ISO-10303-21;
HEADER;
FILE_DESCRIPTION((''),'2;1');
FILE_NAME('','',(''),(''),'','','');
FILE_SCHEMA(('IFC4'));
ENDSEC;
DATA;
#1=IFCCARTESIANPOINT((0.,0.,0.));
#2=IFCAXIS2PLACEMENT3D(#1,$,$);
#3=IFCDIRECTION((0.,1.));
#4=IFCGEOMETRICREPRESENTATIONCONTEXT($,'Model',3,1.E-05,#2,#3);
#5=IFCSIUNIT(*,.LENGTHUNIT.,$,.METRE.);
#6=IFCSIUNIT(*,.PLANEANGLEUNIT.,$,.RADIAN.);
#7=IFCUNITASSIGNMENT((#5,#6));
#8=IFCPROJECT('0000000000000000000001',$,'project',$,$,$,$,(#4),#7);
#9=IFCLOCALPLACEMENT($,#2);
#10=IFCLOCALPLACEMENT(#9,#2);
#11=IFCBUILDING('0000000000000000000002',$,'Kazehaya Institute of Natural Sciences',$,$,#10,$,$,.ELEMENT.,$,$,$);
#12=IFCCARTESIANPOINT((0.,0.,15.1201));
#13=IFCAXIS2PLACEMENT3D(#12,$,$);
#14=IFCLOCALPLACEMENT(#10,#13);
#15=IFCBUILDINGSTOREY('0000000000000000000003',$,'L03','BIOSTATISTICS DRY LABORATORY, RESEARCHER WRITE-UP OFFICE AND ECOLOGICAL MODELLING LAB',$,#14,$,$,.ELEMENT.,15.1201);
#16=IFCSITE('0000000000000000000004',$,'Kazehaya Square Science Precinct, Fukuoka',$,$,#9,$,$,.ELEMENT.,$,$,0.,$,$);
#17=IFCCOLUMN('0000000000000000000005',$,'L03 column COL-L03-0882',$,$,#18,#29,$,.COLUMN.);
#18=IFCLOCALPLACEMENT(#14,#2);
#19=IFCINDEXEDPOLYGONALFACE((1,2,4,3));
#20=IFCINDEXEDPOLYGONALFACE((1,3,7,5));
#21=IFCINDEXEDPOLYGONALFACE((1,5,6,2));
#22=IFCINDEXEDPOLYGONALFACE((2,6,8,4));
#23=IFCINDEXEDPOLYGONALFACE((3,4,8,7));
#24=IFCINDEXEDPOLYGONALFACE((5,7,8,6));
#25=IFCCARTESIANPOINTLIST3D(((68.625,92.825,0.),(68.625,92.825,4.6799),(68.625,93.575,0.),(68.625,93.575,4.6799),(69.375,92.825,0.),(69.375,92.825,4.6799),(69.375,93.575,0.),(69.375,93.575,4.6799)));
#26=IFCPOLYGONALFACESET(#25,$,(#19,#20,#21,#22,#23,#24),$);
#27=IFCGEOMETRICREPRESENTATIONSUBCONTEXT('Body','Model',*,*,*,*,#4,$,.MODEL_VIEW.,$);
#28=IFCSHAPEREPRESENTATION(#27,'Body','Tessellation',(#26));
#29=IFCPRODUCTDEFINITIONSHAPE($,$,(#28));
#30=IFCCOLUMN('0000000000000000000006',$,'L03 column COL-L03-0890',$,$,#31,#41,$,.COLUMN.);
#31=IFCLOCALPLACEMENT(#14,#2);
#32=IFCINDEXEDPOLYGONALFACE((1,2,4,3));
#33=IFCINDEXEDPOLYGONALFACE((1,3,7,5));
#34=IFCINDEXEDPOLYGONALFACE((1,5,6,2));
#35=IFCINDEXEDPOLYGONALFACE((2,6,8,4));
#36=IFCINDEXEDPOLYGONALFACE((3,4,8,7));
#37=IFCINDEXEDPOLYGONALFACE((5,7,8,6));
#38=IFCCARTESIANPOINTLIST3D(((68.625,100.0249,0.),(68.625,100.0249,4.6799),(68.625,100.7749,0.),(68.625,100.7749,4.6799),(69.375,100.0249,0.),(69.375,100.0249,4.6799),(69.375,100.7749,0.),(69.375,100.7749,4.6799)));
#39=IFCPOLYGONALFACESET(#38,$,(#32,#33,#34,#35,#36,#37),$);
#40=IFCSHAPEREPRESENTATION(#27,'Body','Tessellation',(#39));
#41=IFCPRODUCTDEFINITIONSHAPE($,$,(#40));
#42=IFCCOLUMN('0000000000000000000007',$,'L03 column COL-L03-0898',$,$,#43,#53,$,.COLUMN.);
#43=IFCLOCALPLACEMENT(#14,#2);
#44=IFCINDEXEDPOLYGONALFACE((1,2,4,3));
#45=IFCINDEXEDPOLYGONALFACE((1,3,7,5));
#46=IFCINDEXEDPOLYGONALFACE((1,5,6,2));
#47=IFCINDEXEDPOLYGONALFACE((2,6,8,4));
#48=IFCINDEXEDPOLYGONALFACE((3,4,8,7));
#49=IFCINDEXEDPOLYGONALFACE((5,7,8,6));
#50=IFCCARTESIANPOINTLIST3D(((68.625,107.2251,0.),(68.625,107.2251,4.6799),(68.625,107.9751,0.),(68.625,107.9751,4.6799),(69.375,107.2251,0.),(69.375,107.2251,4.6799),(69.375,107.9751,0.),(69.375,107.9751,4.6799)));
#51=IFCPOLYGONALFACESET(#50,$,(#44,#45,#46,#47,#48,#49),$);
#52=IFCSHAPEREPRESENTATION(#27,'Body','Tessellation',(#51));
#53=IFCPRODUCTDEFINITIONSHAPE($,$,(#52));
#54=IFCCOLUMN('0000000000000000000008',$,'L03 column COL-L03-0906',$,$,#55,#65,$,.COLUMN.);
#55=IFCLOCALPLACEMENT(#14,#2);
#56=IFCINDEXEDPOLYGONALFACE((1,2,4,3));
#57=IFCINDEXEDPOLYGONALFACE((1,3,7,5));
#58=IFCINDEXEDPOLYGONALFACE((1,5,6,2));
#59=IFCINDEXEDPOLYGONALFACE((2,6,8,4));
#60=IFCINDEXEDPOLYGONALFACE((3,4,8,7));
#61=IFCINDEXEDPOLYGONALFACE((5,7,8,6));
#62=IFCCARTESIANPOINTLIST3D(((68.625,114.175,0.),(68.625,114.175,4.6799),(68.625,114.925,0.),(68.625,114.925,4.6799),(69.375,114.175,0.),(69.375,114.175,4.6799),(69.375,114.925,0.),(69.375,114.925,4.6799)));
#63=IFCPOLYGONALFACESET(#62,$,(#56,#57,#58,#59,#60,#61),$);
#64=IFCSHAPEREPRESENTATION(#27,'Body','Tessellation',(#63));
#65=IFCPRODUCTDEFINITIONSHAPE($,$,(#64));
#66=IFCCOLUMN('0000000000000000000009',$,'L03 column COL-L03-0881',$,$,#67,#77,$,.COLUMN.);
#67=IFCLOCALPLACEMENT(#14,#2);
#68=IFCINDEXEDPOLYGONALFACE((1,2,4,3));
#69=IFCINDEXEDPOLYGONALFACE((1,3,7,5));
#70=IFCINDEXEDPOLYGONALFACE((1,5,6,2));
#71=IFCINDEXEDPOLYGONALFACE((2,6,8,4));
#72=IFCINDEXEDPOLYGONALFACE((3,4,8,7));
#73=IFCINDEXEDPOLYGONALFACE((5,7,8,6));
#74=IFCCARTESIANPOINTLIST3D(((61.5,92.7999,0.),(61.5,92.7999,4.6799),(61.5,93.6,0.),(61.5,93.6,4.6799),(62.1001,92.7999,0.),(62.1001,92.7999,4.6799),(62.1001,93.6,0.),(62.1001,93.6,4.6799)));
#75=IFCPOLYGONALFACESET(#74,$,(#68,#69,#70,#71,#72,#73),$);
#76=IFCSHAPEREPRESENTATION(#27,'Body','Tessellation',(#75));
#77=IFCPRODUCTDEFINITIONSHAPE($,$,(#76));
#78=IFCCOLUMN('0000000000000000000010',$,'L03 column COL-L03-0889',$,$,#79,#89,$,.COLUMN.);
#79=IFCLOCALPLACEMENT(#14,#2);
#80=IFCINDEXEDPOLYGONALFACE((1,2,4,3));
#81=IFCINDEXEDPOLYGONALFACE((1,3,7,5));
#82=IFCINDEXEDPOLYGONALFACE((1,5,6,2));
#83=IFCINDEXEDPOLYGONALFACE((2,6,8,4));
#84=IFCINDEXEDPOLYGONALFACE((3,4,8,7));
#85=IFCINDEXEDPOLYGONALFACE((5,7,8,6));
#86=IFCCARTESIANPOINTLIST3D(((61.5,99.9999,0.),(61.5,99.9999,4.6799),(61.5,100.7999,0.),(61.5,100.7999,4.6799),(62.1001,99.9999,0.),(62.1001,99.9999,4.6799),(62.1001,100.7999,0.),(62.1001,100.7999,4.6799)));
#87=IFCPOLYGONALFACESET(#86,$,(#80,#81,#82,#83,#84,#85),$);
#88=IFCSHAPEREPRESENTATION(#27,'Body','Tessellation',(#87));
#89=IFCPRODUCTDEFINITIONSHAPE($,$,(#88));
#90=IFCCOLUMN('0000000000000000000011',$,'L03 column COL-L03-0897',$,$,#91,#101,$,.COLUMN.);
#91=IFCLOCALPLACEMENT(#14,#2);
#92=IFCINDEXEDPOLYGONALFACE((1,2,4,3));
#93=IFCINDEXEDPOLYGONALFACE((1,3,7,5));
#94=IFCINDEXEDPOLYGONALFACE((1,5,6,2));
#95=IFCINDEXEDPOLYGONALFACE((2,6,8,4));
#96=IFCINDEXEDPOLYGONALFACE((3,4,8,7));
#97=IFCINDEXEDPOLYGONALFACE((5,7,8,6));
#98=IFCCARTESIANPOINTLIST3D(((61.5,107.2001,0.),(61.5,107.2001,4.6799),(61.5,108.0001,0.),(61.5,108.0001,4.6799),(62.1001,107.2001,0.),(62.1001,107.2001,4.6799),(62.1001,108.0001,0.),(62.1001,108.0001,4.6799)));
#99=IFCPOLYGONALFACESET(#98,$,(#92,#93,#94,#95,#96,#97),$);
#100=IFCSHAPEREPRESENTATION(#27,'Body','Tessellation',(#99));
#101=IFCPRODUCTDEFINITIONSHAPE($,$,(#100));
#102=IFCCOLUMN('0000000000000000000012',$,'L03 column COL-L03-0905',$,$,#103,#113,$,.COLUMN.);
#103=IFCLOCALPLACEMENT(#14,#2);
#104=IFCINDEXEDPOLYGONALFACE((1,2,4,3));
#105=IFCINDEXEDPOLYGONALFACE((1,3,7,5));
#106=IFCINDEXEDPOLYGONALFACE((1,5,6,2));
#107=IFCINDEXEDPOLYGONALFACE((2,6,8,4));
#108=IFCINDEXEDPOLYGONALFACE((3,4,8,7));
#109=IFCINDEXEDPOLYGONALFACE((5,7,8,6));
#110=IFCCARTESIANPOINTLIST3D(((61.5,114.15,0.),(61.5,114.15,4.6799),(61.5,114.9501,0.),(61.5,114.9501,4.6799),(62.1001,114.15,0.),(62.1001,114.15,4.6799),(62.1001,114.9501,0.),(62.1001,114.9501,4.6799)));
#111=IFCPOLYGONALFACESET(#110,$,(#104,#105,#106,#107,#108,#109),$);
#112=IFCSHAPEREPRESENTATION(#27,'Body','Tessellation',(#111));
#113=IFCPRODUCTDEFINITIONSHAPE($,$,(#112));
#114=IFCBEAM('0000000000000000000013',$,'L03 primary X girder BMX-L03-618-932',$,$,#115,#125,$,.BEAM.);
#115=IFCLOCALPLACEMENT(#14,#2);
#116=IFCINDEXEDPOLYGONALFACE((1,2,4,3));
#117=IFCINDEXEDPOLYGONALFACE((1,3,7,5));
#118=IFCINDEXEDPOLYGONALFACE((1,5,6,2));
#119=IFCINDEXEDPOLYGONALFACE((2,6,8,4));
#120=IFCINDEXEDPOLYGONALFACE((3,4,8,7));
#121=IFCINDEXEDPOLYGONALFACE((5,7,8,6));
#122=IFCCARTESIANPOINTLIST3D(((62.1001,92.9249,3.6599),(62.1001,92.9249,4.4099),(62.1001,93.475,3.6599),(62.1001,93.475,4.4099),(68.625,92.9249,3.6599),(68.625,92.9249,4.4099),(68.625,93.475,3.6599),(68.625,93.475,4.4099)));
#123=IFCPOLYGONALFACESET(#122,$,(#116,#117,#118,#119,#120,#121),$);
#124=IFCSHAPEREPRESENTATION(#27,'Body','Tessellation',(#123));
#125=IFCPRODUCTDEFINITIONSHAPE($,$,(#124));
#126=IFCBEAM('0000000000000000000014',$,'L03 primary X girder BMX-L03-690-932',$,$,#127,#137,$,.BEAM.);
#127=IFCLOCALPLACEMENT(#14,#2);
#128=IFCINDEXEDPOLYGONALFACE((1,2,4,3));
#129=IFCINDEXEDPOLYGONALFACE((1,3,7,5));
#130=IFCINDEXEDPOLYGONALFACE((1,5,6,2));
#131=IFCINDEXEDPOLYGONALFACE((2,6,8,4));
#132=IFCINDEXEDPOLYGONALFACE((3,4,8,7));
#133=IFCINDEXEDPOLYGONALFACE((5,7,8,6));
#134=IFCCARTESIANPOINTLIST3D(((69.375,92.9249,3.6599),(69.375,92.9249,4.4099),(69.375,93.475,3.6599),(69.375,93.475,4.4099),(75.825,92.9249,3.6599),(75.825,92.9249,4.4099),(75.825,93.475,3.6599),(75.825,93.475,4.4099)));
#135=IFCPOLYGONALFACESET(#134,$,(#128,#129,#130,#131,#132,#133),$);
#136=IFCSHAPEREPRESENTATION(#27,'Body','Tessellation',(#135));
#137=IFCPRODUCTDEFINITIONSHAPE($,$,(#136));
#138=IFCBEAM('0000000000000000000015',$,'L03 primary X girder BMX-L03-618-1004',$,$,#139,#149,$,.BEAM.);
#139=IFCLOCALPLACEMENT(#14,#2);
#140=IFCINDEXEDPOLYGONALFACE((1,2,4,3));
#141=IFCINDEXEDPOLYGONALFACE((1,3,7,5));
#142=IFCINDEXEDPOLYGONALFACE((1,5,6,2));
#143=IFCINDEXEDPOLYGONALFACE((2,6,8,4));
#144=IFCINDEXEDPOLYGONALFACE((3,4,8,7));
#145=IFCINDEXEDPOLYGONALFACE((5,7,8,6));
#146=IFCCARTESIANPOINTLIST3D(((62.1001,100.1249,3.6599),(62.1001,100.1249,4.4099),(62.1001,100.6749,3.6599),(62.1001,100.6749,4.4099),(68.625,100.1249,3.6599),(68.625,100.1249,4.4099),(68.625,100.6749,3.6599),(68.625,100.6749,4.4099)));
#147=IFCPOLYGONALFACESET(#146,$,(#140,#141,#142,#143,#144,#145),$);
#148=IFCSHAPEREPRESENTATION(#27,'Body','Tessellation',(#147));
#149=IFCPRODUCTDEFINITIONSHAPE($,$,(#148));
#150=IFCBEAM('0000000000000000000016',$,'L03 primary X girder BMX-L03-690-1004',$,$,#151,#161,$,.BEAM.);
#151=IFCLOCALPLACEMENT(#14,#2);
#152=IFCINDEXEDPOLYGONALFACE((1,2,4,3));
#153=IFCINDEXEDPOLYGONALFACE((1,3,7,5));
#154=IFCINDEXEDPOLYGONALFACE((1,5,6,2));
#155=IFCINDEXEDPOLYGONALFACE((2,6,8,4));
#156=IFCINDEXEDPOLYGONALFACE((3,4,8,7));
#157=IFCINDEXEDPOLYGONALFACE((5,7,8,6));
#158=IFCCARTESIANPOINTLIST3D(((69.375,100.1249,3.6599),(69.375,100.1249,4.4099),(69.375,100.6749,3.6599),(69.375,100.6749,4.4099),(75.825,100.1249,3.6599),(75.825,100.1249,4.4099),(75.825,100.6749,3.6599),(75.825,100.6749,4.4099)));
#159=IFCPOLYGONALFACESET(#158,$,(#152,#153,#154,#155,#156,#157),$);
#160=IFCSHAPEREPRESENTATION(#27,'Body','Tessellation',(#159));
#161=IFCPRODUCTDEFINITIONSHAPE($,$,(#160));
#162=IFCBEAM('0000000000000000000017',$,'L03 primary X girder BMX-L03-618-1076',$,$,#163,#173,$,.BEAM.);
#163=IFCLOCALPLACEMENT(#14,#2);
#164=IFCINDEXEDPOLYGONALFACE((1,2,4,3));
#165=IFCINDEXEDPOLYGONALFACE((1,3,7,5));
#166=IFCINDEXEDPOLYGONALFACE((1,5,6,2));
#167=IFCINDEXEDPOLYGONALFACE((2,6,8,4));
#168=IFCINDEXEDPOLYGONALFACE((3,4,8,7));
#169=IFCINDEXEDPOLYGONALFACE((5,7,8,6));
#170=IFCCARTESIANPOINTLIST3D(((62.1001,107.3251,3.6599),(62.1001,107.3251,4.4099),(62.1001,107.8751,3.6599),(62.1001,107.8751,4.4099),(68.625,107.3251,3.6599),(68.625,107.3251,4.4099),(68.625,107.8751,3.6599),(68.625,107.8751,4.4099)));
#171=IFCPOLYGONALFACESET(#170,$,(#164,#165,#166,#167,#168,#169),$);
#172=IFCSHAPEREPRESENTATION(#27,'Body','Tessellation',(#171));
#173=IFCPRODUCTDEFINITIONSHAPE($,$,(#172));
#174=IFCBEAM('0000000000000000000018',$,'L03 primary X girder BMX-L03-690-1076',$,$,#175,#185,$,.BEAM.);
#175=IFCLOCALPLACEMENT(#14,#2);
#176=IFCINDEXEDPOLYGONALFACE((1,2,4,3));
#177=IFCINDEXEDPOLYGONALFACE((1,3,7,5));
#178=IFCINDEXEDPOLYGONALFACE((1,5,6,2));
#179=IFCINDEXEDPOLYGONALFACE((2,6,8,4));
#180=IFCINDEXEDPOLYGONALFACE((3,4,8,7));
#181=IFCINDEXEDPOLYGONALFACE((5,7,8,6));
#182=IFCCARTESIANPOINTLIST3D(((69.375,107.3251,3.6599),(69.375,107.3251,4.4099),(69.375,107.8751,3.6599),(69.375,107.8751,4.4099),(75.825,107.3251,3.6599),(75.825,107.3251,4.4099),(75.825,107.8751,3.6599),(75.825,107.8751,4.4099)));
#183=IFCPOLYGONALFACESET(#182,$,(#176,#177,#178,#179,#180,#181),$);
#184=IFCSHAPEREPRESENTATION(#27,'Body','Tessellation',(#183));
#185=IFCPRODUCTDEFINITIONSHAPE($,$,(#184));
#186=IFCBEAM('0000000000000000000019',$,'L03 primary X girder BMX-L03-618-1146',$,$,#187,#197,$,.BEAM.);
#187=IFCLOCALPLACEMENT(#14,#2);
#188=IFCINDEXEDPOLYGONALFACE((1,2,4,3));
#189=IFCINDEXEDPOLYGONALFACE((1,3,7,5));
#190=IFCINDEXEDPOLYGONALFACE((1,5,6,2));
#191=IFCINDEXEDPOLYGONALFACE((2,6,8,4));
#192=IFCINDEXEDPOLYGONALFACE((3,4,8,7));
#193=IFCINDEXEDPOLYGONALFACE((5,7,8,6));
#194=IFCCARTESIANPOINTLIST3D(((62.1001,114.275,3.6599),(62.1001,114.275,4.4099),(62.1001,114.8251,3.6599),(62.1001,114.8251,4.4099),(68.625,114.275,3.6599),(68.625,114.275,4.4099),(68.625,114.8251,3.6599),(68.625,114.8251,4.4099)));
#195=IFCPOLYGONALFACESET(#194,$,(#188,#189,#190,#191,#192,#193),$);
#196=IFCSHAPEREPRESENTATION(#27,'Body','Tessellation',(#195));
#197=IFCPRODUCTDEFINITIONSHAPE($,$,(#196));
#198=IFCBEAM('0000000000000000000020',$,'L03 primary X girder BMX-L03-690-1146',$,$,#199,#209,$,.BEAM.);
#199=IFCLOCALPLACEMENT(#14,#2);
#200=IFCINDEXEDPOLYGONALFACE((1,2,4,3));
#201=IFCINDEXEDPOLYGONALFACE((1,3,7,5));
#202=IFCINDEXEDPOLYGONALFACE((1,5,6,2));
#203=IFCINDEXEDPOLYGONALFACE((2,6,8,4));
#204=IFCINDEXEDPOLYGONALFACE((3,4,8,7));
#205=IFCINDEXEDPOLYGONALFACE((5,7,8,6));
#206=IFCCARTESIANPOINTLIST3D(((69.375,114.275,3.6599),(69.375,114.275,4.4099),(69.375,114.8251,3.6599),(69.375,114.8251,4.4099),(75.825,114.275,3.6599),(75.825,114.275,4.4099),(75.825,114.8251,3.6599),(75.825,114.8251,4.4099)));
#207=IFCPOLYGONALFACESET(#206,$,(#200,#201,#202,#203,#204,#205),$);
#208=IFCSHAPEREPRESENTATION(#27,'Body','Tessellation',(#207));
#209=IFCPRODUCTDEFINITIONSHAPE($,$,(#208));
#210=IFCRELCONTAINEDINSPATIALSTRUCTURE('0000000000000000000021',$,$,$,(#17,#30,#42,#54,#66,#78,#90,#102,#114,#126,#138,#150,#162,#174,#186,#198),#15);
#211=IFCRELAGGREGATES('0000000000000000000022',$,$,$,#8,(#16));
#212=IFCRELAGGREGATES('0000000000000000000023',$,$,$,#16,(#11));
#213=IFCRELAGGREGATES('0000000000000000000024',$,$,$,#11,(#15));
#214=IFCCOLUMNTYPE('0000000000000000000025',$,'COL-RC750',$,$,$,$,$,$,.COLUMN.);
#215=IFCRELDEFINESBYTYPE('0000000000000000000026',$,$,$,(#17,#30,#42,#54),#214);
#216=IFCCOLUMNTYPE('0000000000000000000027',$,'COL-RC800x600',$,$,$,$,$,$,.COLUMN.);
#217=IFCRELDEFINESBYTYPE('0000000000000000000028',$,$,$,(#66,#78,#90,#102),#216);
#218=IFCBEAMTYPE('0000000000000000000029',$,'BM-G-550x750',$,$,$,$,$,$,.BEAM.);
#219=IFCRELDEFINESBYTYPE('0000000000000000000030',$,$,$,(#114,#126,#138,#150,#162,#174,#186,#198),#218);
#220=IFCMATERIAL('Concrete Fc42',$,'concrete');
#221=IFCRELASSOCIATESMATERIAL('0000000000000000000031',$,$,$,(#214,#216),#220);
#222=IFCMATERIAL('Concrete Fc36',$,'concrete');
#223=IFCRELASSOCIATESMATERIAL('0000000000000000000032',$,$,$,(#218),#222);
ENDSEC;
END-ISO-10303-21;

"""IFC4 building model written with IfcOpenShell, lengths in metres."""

from ifc_helpers import new_model, si_unit, direction, frame, origin, origin_2d, place, context, subcontext, project, spatial, rectangle, extrude, material, material_profile, profile_set, type_object, element, save


model = new_model("IFC4")

# Units and contexts
model_context = context("Model", 3, precision=1e-05, world=origin(), true_north=direction((0.0, 1.0)))
body_context = subcontext(model_context, "Body", "Model", "MODEL_VIEW")
ifc_project = project(units=[si_unit("LENGTHUNIT", "METRE"), si_unit("PLANEANGLEUNIT", "RADIAN")], contexts=[model_context])

# Site, building, storey
site_placement = place(None, origin())
site = spatial("IfcSite", under=ifc_project, at=site_placement, Name="Kazehaya Square Science Precinct, Fukuoka", CompositionType="ELEMENT", RefElevation=0.0)
building_placement = place(site_placement, origin())
building = spatial("IfcBuilding", under=site, at=building_placement, Name="Kazehaya Institute of Natural Sciences", CompositionType="ELEMENT")
storey_placement = place(building_placement, frame((0.0, 0.0, 15.1201)))
storey = spatial("IfcBuildingStorey", under=building, at=storey_placement, Name="L03", Description="BIOSTATISTICS DRY LABORATORY, RESEARCHER WRITE-UP OFFICE AND ECOLOGICAL MODELLING LAB", CompositionType="ELEMENT", Elevation=15.1201)

# Columns
ifc_material_1 = material(Name="Concrete Fc42", Category="concrete")
ifc_material_profile_1 = material_profile(ifc_material_1, rectangle(XDim=0.75, YDim=0.75, at=origin_2d()), Name="RC-750x750")
ifc_profile_set_1 = profile_set([ifc_material_profile_1], Name="Concrete Fc42")
column_type_1 = type_object("IfcColumnType", Name="COL-RC750", PredefinedType="COLUMN", material=ifc_profile_set_1)
for number, where, z_axis, x_axis, name in (
    (1, (69.0, 93.2, 0.0), (0.0, 0.0, 1.0), (1.0, 0.0, 0.0), "L03 column COL-L03-0882"),
    (2, (69.0, 100.3999, 0.0), (0.0, 0.0, 1.0), (1.0, 0.0, 0.0), "L03 column COL-L03-0890"),
    (3, (69.0, 107.6001, 0.0), (0.0, 0.0, 1.0), (1.0, 0.0, 0.0), "L03 column COL-L03-0898"),
    (4, (69.0, 114.55, 0.0), (0.0, 0.0, 1.0), (1.0, 0.0, 0.0), "L03 column COL-L03-0906"),
):
    element("IfcColumn", number, at=place(storey_placement, frame(where, z_axis=z_axis, x_axis=x_axis)), inside=storey, type_object=column_type_1, Name=name, PredefinedType="COLUMN", context=body_context, shape_type="SweptSolid", body=[
        extrude(rectangle(XDim=0.75, YDim=0.75, at=origin_2d()), origin(), (0.0, 0.0, 1.0), 4.6799),
    ])
ifc_material_profile_2 = material_profile(ifc_material_1, rectangle(XDim=0.6001, YDim=0.8, at=origin_2d()), Name="RC-800x600")
ifc_profile_set_2 = profile_set([ifc_material_profile_2], Name="Concrete Fc42")
column_type_2 = type_object("IfcColumnType", Name="COL-RC800x600", PredefinedType="COLUMN", material=ifc_profile_set_2)
for number, where, z_axis, x_axis, name in (
    (5, (61.8, 93.2, 0.0), (0.0, 0.0, 1.0), (1.0, 0.0, 0.0), "L03 column COL-L03-0881"),
    (6, (61.8, 100.3999, 0.0), (0.0, 0.0, 1.0), (1.0, 0.0, 0.0), "L03 column COL-L03-0889"),
    (7, (61.8, 107.6001, 0.0), (0.0, 0.0, 1.0), (1.0, 0.0, 0.0), "L03 column COL-L03-0897"),
    (8, (61.8, 114.55, 0.0), (0.0, 0.0, 1.0), (1.0, 0.0, 0.0), "L03 column COL-L03-0905"),
):
    element("IfcColumn", number, at=place(storey_placement, frame(where, z_axis=z_axis, x_axis=x_axis)), inside=storey, type_object=column_type_2, Name=name, PredefinedType="COLUMN", context=body_context, shape_type="SweptSolid", body=[
        extrude(rectangle(XDim=0.6001, YDim=0.8, at=origin_2d()), origin(), (0.0, 0.0, 1.0), 4.6799),
    ])

# Beams
ifc_material_2 = material(Name="Concrete Fc36", Category="concrete")
ifc_material_profile_3 = material_profile(ifc_material_2, rectangle(XDim=0.55, YDim=0.75, at=origin_2d()), Name="RC-550x750")
ifc_profile_set_3 = profile_set([ifc_material_profile_3], Name="Concrete Fc36")
beam_type = type_object("IfcBeamType", Name="BM-G-550x750", PredefinedType="BEAM", material=ifc_profile_set_3)
beam_1_placement = place(storey_placement, frame((62.1001, 93.2, 4.0349), z_axis=(1.0, 0.0, 0.0), x_axis=(0.0, 1.0, 0.0)))
element("IfcBeam", 9, at=beam_1_placement, inside=storey, type_object=beam_type, Name="L03 primary X girder BMX-L03-618-932", PredefinedType="BEAM", context=body_context, shape_type="SweptSolid", body=[
    extrude(rectangle(XDim=0.55, YDim=0.75, at=origin_2d()), origin(), (0.0, 0.0, 1.0), 6.5249),
])
beam_2_placement = place(storey_placement, frame((69.375, 93.2, 4.0349), z_axis=(1.0, 0.0, 0.0), x_axis=(0.0, 1.0, 0.0)))
element("IfcBeam", 10, at=beam_2_placement, inside=storey, type_object=beam_type, Name="L03 primary X girder BMX-L03-690-932", PredefinedType="BEAM", context=body_context, shape_type="SweptSolid", body=[
    extrude(rectangle(XDim=0.55, YDim=0.75, at=origin_2d()), origin(), (0.0, 0.0, 1.0), 6.45),
])
beam_3_placement = place(storey_placement, frame((62.1001, 100.3999, 4.0349), z_axis=(1.0, 0.0, 0.0), x_axis=(0.0, 1.0, 0.0)))
element("IfcBeam", 11, at=beam_3_placement, inside=storey, type_object=beam_type, Name="L03 primary X girder BMX-L03-618-1004", PredefinedType="BEAM", context=body_context, shape_type="SweptSolid", body=[
    extrude(rectangle(XDim=0.55, YDim=0.75, at=origin_2d()), origin(), (0.0, 0.0, 1.0), 6.5249),
])
beam_4_placement = place(storey_placement, frame((69.375, 100.3999, 4.0349), z_axis=(1.0, 0.0, 0.0), x_axis=(0.0, 1.0, 0.0)))
element("IfcBeam", 12, at=beam_4_placement, inside=storey, type_object=beam_type, Name="L03 primary X girder BMX-L03-690-1004", PredefinedType="BEAM", context=body_context, shape_type="SweptSolid", body=[
    extrude(rectangle(XDim=0.55, YDim=0.75, at=origin_2d()), origin(), (0.0, 0.0, 1.0), 6.45),
])
beam_5_placement = place(storey_placement, frame((62.1001, 107.6001, 4.0349), z_axis=(1.0, 0.0, 0.0), x_axis=(0.0, 1.0, 0.0)))
element("IfcBeam", 13, at=beam_5_placement, inside=storey, type_object=beam_type, Name="L03 primary X girder BMX-L03-618-1076", PredefinedType="BEAM", context=body_context, shape_type="SweptSolid", body=[
    extrude(rectangle(XDim=0.55, YDim=0.75, at=origin_2d()), origin(), (0.0, 0.0, 1.0), 6.5249),
])
beam_6_placement = place(storey_placement, frame((69.375, 107.6001, 4.0349), z_axis=(1.0, 0.0, 0.0), x_axis=(0.0, 1.0, 0.0)))
element("IfcBeam", 14, at=beam_6_placement, inside=storey, type_object=beam_type, Name="L03 primary X girder BMX-L03-690-1076", PredefinedType="BEAM", context=body_context, shape_type="SweptSolid", body=[
    extrude(rectangle(XDim=0.55, YDim=0.75, at=origin_2d()), origin(), (0.0, 0.0, 1.0), 6.45),
])
beam_7_placement = place(storey_placement, frame((62.1001, 114.55, 4.0349), z_axis=(1.0, 0.0, 0.0), x_axis=(0.0, 1.0, 0.0)))
element("IfcBeam", 15, at=beam_7_placement, inside=storey, type_object=beam_type, Name="L03 primary X girder BMX-L03-618-1146", PredefinedType="BEAM", context=body_context, shape_type="SweptSolid", body=[
    extrude(rectangle(XDim=0.55, YDim=0.75, at=origin_2d()), origin(), (0.0, 0.0, 1.0), 6.5249),
])
beam_8_placement = place(storey_placement, frame((69.375, 114.55, 4.0349), z_axis=(1.0, 0.0, 0.0), x_axis=(0.0, 1.0, 0.0)))
element("IfcBeam", 16, at=beam_8_placement, inside=storey, type_object=beam_type, Name="L03 primary X girder BMX-L03-690-1146", PredefinedType="BEAM", context=body_context, shape_type="SweptSolid", body=[
    extrude(rectangle(XDim=0.55, YDim=0.75, at=origin_2d()), origin(), (0.0, 0.0, 1.0), 6.45),
])

save(model, "model.ifc")
